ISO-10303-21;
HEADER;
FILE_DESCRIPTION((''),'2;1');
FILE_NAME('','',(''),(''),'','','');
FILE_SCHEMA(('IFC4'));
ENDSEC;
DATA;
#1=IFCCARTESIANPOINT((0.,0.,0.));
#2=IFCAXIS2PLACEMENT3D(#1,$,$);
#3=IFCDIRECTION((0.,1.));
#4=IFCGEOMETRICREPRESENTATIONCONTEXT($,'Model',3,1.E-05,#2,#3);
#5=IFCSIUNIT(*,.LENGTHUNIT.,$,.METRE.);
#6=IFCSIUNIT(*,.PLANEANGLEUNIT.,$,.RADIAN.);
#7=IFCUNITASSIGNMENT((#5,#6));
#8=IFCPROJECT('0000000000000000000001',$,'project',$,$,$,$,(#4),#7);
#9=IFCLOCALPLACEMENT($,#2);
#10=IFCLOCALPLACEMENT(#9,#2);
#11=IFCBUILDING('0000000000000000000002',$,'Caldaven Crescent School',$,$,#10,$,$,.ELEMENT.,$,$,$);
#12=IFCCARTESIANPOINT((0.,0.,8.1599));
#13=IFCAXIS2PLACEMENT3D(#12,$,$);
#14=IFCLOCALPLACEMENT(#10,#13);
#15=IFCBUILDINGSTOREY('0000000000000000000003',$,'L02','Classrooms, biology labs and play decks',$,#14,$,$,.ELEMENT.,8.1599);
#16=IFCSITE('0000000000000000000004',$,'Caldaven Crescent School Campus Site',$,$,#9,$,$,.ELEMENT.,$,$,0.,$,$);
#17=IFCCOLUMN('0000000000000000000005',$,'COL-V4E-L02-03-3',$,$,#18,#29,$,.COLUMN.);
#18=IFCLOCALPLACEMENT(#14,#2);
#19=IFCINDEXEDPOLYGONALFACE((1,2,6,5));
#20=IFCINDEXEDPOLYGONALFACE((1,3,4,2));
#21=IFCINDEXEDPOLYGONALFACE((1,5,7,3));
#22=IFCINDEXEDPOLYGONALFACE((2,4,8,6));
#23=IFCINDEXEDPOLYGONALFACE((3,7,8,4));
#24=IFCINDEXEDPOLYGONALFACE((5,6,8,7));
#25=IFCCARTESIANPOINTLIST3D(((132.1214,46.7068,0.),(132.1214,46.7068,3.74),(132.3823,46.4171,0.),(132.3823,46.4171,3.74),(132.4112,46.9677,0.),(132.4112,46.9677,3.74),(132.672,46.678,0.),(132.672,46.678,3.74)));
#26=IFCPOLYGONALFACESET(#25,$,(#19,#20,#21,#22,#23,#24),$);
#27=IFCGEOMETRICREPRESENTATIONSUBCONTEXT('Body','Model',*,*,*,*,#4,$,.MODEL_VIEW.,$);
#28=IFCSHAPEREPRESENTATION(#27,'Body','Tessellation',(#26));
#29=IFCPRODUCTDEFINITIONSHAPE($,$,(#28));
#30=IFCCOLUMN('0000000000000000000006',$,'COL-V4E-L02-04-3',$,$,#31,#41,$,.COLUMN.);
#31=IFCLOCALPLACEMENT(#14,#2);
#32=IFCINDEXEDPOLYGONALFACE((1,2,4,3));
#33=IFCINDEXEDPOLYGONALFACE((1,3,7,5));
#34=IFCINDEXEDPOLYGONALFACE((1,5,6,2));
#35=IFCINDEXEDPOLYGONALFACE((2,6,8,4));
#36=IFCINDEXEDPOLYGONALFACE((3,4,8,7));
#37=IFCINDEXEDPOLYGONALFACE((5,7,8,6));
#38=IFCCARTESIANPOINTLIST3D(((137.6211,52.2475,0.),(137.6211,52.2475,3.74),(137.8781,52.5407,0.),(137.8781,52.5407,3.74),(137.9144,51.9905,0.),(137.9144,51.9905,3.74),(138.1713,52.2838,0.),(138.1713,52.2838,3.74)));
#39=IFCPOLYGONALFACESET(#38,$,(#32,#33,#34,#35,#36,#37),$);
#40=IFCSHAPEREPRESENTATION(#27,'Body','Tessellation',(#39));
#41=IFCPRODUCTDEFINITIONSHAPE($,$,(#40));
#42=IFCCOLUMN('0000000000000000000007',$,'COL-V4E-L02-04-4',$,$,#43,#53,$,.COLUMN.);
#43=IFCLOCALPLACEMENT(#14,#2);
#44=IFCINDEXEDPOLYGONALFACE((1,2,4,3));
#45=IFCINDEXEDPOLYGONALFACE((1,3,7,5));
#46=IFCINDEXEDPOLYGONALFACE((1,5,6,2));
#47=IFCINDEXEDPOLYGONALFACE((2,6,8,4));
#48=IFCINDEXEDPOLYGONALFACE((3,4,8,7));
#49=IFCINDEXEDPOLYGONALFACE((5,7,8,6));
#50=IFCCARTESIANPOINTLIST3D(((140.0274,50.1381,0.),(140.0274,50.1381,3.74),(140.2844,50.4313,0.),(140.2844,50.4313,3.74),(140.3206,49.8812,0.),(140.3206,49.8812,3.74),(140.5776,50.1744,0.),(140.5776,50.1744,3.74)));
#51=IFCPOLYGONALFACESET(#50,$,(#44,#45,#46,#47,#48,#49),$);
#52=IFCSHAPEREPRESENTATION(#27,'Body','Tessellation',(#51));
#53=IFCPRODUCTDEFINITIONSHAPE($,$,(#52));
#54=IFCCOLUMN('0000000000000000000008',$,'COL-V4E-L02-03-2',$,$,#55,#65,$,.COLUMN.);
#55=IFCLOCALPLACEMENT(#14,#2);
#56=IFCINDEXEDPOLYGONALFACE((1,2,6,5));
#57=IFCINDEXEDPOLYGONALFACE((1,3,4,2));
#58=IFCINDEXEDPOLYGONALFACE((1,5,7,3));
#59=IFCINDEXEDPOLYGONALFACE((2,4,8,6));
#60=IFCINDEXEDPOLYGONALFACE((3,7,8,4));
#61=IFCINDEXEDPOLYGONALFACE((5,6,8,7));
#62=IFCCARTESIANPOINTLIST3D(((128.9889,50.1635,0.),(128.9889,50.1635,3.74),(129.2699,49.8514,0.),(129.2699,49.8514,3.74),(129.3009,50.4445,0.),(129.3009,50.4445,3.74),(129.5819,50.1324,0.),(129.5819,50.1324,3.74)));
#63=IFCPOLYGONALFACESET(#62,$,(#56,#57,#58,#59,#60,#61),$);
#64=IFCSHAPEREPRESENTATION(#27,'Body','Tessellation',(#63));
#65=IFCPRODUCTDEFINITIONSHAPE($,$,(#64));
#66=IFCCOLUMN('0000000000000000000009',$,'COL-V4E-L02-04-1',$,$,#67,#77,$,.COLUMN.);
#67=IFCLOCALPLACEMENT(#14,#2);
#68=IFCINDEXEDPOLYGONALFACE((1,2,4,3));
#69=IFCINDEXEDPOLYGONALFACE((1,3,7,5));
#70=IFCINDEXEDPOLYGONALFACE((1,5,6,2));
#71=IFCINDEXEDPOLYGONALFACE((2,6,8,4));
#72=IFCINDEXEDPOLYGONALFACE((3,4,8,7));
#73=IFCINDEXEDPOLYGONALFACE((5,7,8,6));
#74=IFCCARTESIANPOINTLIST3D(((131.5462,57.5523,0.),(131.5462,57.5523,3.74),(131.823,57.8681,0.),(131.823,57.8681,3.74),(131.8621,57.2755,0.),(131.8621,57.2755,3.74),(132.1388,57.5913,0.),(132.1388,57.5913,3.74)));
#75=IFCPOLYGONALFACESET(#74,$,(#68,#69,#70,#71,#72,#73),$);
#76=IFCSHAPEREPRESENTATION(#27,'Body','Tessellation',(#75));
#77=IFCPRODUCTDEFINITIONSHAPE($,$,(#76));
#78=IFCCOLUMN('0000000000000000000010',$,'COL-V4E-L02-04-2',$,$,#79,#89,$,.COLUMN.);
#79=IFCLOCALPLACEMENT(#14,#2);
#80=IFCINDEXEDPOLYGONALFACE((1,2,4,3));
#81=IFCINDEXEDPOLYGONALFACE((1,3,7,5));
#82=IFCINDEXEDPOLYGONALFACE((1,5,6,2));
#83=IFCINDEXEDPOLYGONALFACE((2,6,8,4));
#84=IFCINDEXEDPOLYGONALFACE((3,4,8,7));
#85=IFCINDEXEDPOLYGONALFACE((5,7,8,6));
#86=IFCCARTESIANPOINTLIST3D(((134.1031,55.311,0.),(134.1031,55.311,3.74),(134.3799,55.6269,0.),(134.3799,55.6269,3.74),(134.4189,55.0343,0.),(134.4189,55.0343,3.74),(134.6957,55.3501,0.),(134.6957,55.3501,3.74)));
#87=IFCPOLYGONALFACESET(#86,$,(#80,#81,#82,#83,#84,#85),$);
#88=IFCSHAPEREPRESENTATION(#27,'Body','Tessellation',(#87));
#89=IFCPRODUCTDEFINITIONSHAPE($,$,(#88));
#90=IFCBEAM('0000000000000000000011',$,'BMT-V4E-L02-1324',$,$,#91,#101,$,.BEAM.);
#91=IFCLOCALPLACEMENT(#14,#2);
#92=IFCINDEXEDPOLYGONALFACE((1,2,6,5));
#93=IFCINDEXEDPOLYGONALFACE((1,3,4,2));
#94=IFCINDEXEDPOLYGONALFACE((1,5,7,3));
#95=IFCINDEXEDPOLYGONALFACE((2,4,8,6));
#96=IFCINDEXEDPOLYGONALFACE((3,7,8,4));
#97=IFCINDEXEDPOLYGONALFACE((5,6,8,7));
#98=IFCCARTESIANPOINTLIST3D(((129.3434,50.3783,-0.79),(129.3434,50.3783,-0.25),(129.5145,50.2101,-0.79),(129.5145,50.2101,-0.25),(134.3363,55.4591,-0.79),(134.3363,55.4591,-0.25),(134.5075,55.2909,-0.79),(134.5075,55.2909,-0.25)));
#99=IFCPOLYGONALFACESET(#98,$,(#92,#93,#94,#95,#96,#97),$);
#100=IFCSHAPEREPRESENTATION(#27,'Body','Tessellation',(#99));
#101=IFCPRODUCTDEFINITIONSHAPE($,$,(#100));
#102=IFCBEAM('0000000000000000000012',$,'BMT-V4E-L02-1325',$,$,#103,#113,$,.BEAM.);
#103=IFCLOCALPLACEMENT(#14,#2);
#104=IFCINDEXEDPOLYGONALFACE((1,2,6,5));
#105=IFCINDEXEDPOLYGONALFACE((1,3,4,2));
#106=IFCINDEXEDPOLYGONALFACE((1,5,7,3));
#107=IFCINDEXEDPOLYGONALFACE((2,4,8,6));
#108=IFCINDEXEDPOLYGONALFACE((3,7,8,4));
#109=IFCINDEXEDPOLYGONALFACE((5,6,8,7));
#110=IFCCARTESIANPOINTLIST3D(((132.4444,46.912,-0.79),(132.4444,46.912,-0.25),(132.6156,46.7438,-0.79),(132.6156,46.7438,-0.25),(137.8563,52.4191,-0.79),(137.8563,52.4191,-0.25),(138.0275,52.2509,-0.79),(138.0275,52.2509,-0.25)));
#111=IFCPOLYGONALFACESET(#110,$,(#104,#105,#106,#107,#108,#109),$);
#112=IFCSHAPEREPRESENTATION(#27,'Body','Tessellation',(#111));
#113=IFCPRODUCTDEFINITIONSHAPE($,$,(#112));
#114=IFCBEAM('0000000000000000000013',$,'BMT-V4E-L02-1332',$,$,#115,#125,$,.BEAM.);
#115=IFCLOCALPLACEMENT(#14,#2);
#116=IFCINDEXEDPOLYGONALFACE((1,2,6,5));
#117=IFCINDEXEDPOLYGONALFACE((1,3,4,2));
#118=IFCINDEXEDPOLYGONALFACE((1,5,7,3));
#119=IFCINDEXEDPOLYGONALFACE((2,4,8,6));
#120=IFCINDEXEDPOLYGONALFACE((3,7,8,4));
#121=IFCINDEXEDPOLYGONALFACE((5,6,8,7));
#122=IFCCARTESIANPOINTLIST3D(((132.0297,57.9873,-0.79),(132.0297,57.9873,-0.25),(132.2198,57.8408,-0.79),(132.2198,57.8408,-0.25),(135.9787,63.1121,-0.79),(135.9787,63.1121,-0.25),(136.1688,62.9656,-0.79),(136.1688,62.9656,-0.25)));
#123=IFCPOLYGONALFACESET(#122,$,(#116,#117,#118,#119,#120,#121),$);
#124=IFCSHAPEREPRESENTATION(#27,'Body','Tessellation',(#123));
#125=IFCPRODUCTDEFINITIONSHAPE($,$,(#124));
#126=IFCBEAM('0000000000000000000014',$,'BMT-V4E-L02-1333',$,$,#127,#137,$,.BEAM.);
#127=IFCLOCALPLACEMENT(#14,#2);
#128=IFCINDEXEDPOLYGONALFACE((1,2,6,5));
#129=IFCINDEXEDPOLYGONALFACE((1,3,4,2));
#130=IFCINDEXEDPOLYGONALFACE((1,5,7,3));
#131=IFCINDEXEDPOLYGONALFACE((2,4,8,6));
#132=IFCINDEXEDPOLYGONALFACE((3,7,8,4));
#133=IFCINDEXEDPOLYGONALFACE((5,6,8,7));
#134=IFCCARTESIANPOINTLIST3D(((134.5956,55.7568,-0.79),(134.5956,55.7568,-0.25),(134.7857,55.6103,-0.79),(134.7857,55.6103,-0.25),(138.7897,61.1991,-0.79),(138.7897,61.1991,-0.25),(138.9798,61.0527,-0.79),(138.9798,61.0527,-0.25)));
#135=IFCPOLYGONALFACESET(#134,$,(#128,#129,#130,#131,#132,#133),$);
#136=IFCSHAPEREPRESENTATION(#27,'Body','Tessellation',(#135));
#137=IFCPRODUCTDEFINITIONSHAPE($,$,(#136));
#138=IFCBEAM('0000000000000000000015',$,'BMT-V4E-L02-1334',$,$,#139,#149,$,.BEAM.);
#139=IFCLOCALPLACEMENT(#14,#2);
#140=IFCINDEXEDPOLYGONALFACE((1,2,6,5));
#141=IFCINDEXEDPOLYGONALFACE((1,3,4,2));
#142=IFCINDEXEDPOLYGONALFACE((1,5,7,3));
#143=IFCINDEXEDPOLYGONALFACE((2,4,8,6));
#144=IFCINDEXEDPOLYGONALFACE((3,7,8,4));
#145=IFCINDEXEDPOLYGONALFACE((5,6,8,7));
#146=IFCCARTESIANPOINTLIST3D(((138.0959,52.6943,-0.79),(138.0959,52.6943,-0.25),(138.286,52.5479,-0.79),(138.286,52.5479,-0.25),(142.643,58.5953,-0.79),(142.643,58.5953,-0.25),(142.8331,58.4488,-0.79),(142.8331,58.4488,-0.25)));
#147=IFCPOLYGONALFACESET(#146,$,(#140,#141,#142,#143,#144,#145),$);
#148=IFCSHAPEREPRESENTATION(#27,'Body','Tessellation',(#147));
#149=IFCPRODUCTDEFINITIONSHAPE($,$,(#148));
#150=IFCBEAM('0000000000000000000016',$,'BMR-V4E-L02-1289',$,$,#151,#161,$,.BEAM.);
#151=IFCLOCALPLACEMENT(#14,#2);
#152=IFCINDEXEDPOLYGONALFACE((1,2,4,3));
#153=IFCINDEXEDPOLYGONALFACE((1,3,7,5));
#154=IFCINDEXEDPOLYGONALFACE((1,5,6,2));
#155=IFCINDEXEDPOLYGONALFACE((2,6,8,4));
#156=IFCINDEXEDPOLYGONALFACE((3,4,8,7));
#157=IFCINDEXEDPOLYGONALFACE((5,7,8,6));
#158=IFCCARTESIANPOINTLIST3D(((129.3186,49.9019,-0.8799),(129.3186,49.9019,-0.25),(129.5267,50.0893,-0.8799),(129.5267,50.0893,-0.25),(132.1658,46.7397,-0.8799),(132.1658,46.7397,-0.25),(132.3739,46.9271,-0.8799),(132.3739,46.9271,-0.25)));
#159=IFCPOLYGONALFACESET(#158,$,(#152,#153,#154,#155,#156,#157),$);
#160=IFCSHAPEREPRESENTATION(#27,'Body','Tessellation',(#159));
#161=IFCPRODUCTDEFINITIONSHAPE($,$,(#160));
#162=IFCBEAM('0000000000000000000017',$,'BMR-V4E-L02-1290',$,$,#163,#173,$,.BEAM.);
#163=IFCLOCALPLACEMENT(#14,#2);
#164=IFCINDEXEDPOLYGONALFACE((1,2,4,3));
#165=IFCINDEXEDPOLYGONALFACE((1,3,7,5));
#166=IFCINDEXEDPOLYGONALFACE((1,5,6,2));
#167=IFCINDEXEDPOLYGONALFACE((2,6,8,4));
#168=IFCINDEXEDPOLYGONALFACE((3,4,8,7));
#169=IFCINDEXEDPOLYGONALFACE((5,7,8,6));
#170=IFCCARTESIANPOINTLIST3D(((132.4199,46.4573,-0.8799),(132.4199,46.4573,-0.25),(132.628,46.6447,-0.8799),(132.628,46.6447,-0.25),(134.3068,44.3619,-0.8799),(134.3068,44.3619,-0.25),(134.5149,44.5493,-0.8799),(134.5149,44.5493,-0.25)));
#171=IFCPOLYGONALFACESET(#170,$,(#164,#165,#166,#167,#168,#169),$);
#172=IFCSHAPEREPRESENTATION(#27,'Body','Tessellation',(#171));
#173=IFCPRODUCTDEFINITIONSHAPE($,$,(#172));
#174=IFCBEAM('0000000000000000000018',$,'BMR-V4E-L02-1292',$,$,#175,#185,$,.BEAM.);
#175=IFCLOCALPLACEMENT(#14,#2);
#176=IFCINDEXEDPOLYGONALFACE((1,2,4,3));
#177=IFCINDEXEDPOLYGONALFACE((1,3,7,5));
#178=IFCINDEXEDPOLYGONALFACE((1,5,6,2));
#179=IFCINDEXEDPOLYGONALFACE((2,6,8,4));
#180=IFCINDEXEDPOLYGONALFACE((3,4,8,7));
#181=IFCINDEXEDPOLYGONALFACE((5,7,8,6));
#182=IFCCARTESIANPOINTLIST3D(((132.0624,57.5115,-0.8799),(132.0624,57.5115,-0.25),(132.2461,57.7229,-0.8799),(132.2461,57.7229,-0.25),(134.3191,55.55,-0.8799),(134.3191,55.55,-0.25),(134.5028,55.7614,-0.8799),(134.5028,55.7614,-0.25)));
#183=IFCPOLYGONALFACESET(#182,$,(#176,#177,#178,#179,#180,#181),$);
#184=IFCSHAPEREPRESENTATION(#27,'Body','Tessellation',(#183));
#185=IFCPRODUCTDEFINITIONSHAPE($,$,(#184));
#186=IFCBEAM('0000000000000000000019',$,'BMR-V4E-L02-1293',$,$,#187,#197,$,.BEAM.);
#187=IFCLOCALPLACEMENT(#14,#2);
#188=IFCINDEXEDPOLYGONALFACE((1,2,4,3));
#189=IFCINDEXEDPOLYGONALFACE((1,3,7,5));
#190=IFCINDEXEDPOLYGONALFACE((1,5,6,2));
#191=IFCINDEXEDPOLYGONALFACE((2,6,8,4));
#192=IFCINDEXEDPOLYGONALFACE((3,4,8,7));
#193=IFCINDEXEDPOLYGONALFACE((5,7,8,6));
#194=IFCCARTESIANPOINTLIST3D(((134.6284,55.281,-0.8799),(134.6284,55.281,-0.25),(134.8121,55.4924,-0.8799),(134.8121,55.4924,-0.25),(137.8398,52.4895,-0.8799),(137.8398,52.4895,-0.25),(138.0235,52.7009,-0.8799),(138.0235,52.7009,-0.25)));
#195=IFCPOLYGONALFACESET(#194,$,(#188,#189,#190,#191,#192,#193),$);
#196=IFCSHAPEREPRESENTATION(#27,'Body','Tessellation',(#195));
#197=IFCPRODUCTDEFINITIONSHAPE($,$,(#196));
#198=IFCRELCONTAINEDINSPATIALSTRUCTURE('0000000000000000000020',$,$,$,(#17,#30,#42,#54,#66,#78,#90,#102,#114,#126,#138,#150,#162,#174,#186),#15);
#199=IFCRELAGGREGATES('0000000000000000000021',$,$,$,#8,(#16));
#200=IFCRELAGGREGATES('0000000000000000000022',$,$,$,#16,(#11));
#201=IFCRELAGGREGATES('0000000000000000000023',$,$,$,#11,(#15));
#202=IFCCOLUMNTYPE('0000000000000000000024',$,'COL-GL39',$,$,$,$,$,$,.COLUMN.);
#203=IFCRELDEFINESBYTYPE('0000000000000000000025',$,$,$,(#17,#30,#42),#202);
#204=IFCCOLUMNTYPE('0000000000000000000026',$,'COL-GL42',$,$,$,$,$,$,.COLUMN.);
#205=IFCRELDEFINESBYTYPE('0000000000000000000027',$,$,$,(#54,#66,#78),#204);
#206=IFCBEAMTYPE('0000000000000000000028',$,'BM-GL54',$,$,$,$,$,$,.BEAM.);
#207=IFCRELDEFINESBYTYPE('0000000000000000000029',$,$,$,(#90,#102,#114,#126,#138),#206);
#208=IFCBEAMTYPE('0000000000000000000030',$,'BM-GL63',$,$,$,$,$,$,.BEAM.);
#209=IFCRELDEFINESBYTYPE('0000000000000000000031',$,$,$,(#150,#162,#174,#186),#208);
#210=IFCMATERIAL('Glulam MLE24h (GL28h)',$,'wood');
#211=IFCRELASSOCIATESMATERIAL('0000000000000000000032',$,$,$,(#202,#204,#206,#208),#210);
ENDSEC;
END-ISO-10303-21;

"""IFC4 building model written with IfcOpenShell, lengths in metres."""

from ifc_helpers import new_model, si_unit, direction, frame, origin, origin_2d, place, context, subcontext, project, spatial, rectangle, extrude, material, material_profile, profile_set, type_object, element, save


model = new_model("IFC4")

# Units and contexts
model_context = context("Model", 3, precision=1e-05, world=origin(), true_north=direction((0.0, 1.0)))
body_context = subcontext(model_context, "Body", "Model", "MODEL_VIEW")
ifc_project = project(units=[si_unit("LENGTHUNIT", "METRE"), si_unit("PLANEANGLEUNIT", "RADIAN")], contexts=[model_context])

# Site, building, storey
site_placement = place(None, origin())
site = spatial("IfcSite", under=ifc_project, at=site_placement, Name="Caldaven Crescent School Campus Site", CompositionType="ELEMENT", RefElevation=0.0)
building_placement = place(site_placement, origin())
building = spatial("IfcBuilding", under=site, at=building_placement, Name="Caldaven Crescent School", CompositionType="ELEMENT")
storey_placement = place(building_placement, frame((0.0, 0.0, 8.1599)))
storey = spatial("IfcBuildingStorey", under=building, at=storey_placement, Name="L02", Description="Classrooms, biology labs and play decks", CompositionType="ELEMENT", Elevation=8.1599)

# Columns
ifc_material_1 = material(Name="Glulam MLE24h (GL28h)", Category="wood")
ifc_material_profile_1 = material_profile(ifc_material_1, rectangle(XDim=0.3899, YDim=0.3899, at=origin_2d()), Name="MLE 390x390")
ifc_profile_set_1 = profile_set([ifc_material_profile_1], Name="Glulam MLE24h (GL28h)")
column_type_1 = type_object("IfcColumnType", Name="COL-GL39", PredefinedType="COLUMN", material=ifc_profile_set_1)
for number, where, z_axis, x_axis, name in (
    (1, (132.3967, 46.6924, 0.0), (0.0, 0.0, 1.0), (0.669131, -0.743145, 0.0), "COL-V4E-L02-03-3"),
    (2, (137.8962, 52.2656, 0.0), (0.0, 0.0, 1.0), (0.75207, -0.659083, 0.0), "COL-V4E-L02-04-3"),
    (3, (140.3025, 50.1562, 0.0), (0.0, 0.0, 1.0), (0.75207, -0.659083, 0.0), "COL-V4E-L02-04-4"),
):
    element("IfcColumn", number, at=place(storey_placement, frame(where, z_axis=z_axis, x_axis=x_axis)), inside=storey, type_object=column_type_1, Name=name, PredefinedType="COLUMN", context=body_context, shape_type="SweptSolid", body=[
        extrude(rectangle(XDim=0.3899, YDim=0.3899, at=origin_2d()), origin(), (0.0, 0.0, 1.0), 3.74),
    ])
ifc_material_profile_2 = material_profile(ifc_material_1, rectangle(XDim=0.4199, YDim=0.4199, at=origin_2d()), Name="MLE 420x420")
ifc_profile_set_2 = profile_set([ifc_material_profile_2], Name="Glulam MLE24h (GL28h)")
column_type_2 = type_object("IfcColumnType", Name="COL-GL42", PredefinedType="COLUMN", material=ifc_profile_set_2)
for number, where, z_axis, x_axis, name in (
    (4, (129.2854, 50.1479, 0.0), (0.0, 0.0, 1.0), (0.669131, -0.743145, 0.0), "COL-V4E-L02-03-2"),
    (5, (131.8425, 57.5718, 0.0), (0.0, 0.0, 1.0), (0.75207, -0.659083, 0.0), "COL-V4E-L02-04-1"),
    (6, (134.3994, 55.3306, 0.0), (0.0, 0.0, 1.0), (0.75207, -0.659083, 0.0), "COL-V4E-L02-04-2"),
):
    element("IfcColumn", number, at=place(storey_placement, frame(where, z_axis=z_axis, x_axis=x_axis)), inside=storey, type_object=column_type_2, Name=name, PredefinedType="COLUMN", context=body_context, shape_type="SweptSolid", body=[
        extrude(rectangle(XDim=0.4199, YDim=0.4199, at=origin_2d()), origin(), (0.0, 0.0, 1.0), 3.74),
    ])

# Beams
ifc_material_profile_3 = material_profile(ifc_material_1, rectangle(XDim=0.24, YDim=0.54, at=origin_2d()), Name="MLE 240x540")
ifc_profile_set_3 = profile_set([ifc_material_profile_3], Name="Glulam MLE24h (GL28h)")
beam_type_1 = type_object("IfcBeamType", Name="BM-GL54", PredefinedType="BEAM", material=ifc_profile_set_3)
beam_1_placement = place(storey_placement, frame((129.429, 50.2942, -0.52), z_axis=(0.700911, 0.713249, 0.0), x_axis=(-0.713249, 0.700911, 0.0)))
element("IfcBeam", 7, at=beam_1_placement, inside=storey, type_object=beam_type_1, Name="BMT-V4E-L02-1324", PredefinedType="BEAM", context=body_context, shape_type="SweptSolid", body=[
    extrude(rectangle(XDim=0.24, YDim=0.54, at=origin_2d()), origin(), (0.0, 0.0, 1.0), 7.1235),
])
beam_2_placement = place(storey_placement, frame((132.53, 46.8279, -0.52), z_axis=(0.700914, 0.713246, 0.0), x_axis=(-0.713246, 0.700914, 0.0)))
element("IfcBeam", 8, at=beam_2_placement, inside=storey, type_object=beam_type_1, Name="BMT-V4E-L02-1325", PredefinedType="BEAM", context=body_context, shape_type="SweptSolid", body=[
    extrude(rectangle(XDim=0.24, YDim=0.54, at=origin_2d()), origin(), (0.0, 0.0, 1.0), 7.7212),
])
beam_3_placement = place(storey_placement, frame((132.1248, 57.9141, -0.52), z_axis=(0.610376, 0.792112, 0.0), x_axis=(-0.792112, 0.610376, 0.0)))
element("IfcBeam", 9, at=beam_3_placement, inside=storey, type_object=beam_type_1, Name="BMT-V4E-L02-1332", PredefinedType="BEAM", context=body_context, shape_type="SweptSolid", body=[
    extrude(rectangle(XDim=0.24, YDim=0.54, at=origin_2d()), origin(), (0.0, 0.0, 1.0), 6.4697),
])
beam_4_placement = place(storey_placement, frame((134.6907, 55.6836, -0.52), z_axis=(0.610409, 0.792086, 0.0), x_axis=(-0.792086, 0.610409, 0.0)))
element("IfcBeam", 10, at=beam_4_placement, inside=storey, type_object=beam_type_1, Name="BMT-V4E-L02-1333", PredefinedType="BEAM", context=body_context, shape_type="SweptSolid", body=[
    extrude(rectangle(XDim=0.24, YDim=0.54, at=origin_2d()), origin(), (0.0, 0.0, 1.0), 6.8708),
])
beam_5_placement = place(storey_placement, frame((138.1909, 52.6211, -0.52), z_axis=(0.610384, 0.792106, 0.0), x_axis=(-0.792106, 0.610384, 0.0)))
element("IfcBeam", 11, at=beam_5_placement, inside=storey, type_object=beam_type_1, Name="BMT-V4E-L02-1334", PredefinedType="BEAM", context=body_context, shape_type="SweptSolid", body=[
    extrude(rectangle(XDim=0.24, YDim=0.54, at=origin_2d()), origin(), (0.0, 0.0, 1.0), 7.4497),
])
ifc_material_profile_4 = material_profile(ifc_material_1, rectangle(XDim=0.28, YDim=0.6299, at=origin_2d()), Name="MLE 280x630")
ifc_profile_set_4 = profile_set([ifc_material_profile_4], Name="Glulam MLE24h (GL28h)")
beam_type_2 = type_object("IfcBeamType", Name="BM-GL63", PredefinedType="BEAM", material=ifc_profile_set_4)
beam_6_placement = place(storey_placement, frame((129.4226, 49.9956, -0.5649), z_axis=(0.66913, -0.743146, 0.0), x_axis=(0.743146, 0.66913, 0.0)))
element("IfcBeam", 12, at=beam_6_placement, inside=storey, type_object=beam_type_2, Name="BMR-V4E-L02-1289", PredefinedType="BEAM", context=body_context, shape_type="SweptSolid", body=[
    extrude(rectangle(XDim=0.28, YDim=0.6299, at=origin_2d()), origin(), (0.0, 0.0, 1.0), 4.2551),
])
beam_7_placement = place(storey_placement, frame((132.5239, 46.551, -0.5649), z_axis=(0.66917, -0.743109, 0.0), x_axis=(0.743109, 0.66917, 0.0)))
element("IfcBeam", 13, at=beam_7_placement, inside=storey, type_object=beam_type_2, Name="BMR-V4E-L02-1290", PredefinedType="BEAM", context=body_context, shape_type="SweptSolid", body=[
    extrude(rectangle(XDim=0.28, YDim=0.6299, at=origin_2d()), origin(), (0.0, 0.0, 1.0), 2.8198),
])
beam_8_placement = place(storey_placement, frame((132.1543, 57.6172, -0.5649), z_axis=(0.754743, -0.656021, 0.0), x_axis=(0.656021, 0.754743, 0.0)))
element("IfcBeam", 14, at=beam_8_placement, inside=storey, type_object=beam_type_2, Name="BMR-V4E-L02-1292", PredefinedType="BEAM", context=body_context, shape_type="SweptSolid", body=[
    extrude(rectangle(XDim=0.28, YDim=0.6299, at=origin_2d()), origin(), (0.0, 0.0, 1.0), 2.99),
])
beam_9_placement = place(storey_placement, frame((134.7202, 55.3867, -0.5649), z_axis=(0.754727, -0.656039, 0.0), x_axis=(0.656039, 0.754727, 0.0)))
element("IfcBeam", 15, at=beam_9_placement, inside=storey, type_object=beam_type_2, Name="BMR-V4E-L02-1293", PredefinedType="BEAM", context=body_context, shape_type="SweptSolid", body=[
    extrude(rectangle(XDim=0.28, YDim=0.6299, at=origin_2d()), origin(), (0.0, 0.0, 1.0), 4.2551),
])

save(model, "model.ifc")
